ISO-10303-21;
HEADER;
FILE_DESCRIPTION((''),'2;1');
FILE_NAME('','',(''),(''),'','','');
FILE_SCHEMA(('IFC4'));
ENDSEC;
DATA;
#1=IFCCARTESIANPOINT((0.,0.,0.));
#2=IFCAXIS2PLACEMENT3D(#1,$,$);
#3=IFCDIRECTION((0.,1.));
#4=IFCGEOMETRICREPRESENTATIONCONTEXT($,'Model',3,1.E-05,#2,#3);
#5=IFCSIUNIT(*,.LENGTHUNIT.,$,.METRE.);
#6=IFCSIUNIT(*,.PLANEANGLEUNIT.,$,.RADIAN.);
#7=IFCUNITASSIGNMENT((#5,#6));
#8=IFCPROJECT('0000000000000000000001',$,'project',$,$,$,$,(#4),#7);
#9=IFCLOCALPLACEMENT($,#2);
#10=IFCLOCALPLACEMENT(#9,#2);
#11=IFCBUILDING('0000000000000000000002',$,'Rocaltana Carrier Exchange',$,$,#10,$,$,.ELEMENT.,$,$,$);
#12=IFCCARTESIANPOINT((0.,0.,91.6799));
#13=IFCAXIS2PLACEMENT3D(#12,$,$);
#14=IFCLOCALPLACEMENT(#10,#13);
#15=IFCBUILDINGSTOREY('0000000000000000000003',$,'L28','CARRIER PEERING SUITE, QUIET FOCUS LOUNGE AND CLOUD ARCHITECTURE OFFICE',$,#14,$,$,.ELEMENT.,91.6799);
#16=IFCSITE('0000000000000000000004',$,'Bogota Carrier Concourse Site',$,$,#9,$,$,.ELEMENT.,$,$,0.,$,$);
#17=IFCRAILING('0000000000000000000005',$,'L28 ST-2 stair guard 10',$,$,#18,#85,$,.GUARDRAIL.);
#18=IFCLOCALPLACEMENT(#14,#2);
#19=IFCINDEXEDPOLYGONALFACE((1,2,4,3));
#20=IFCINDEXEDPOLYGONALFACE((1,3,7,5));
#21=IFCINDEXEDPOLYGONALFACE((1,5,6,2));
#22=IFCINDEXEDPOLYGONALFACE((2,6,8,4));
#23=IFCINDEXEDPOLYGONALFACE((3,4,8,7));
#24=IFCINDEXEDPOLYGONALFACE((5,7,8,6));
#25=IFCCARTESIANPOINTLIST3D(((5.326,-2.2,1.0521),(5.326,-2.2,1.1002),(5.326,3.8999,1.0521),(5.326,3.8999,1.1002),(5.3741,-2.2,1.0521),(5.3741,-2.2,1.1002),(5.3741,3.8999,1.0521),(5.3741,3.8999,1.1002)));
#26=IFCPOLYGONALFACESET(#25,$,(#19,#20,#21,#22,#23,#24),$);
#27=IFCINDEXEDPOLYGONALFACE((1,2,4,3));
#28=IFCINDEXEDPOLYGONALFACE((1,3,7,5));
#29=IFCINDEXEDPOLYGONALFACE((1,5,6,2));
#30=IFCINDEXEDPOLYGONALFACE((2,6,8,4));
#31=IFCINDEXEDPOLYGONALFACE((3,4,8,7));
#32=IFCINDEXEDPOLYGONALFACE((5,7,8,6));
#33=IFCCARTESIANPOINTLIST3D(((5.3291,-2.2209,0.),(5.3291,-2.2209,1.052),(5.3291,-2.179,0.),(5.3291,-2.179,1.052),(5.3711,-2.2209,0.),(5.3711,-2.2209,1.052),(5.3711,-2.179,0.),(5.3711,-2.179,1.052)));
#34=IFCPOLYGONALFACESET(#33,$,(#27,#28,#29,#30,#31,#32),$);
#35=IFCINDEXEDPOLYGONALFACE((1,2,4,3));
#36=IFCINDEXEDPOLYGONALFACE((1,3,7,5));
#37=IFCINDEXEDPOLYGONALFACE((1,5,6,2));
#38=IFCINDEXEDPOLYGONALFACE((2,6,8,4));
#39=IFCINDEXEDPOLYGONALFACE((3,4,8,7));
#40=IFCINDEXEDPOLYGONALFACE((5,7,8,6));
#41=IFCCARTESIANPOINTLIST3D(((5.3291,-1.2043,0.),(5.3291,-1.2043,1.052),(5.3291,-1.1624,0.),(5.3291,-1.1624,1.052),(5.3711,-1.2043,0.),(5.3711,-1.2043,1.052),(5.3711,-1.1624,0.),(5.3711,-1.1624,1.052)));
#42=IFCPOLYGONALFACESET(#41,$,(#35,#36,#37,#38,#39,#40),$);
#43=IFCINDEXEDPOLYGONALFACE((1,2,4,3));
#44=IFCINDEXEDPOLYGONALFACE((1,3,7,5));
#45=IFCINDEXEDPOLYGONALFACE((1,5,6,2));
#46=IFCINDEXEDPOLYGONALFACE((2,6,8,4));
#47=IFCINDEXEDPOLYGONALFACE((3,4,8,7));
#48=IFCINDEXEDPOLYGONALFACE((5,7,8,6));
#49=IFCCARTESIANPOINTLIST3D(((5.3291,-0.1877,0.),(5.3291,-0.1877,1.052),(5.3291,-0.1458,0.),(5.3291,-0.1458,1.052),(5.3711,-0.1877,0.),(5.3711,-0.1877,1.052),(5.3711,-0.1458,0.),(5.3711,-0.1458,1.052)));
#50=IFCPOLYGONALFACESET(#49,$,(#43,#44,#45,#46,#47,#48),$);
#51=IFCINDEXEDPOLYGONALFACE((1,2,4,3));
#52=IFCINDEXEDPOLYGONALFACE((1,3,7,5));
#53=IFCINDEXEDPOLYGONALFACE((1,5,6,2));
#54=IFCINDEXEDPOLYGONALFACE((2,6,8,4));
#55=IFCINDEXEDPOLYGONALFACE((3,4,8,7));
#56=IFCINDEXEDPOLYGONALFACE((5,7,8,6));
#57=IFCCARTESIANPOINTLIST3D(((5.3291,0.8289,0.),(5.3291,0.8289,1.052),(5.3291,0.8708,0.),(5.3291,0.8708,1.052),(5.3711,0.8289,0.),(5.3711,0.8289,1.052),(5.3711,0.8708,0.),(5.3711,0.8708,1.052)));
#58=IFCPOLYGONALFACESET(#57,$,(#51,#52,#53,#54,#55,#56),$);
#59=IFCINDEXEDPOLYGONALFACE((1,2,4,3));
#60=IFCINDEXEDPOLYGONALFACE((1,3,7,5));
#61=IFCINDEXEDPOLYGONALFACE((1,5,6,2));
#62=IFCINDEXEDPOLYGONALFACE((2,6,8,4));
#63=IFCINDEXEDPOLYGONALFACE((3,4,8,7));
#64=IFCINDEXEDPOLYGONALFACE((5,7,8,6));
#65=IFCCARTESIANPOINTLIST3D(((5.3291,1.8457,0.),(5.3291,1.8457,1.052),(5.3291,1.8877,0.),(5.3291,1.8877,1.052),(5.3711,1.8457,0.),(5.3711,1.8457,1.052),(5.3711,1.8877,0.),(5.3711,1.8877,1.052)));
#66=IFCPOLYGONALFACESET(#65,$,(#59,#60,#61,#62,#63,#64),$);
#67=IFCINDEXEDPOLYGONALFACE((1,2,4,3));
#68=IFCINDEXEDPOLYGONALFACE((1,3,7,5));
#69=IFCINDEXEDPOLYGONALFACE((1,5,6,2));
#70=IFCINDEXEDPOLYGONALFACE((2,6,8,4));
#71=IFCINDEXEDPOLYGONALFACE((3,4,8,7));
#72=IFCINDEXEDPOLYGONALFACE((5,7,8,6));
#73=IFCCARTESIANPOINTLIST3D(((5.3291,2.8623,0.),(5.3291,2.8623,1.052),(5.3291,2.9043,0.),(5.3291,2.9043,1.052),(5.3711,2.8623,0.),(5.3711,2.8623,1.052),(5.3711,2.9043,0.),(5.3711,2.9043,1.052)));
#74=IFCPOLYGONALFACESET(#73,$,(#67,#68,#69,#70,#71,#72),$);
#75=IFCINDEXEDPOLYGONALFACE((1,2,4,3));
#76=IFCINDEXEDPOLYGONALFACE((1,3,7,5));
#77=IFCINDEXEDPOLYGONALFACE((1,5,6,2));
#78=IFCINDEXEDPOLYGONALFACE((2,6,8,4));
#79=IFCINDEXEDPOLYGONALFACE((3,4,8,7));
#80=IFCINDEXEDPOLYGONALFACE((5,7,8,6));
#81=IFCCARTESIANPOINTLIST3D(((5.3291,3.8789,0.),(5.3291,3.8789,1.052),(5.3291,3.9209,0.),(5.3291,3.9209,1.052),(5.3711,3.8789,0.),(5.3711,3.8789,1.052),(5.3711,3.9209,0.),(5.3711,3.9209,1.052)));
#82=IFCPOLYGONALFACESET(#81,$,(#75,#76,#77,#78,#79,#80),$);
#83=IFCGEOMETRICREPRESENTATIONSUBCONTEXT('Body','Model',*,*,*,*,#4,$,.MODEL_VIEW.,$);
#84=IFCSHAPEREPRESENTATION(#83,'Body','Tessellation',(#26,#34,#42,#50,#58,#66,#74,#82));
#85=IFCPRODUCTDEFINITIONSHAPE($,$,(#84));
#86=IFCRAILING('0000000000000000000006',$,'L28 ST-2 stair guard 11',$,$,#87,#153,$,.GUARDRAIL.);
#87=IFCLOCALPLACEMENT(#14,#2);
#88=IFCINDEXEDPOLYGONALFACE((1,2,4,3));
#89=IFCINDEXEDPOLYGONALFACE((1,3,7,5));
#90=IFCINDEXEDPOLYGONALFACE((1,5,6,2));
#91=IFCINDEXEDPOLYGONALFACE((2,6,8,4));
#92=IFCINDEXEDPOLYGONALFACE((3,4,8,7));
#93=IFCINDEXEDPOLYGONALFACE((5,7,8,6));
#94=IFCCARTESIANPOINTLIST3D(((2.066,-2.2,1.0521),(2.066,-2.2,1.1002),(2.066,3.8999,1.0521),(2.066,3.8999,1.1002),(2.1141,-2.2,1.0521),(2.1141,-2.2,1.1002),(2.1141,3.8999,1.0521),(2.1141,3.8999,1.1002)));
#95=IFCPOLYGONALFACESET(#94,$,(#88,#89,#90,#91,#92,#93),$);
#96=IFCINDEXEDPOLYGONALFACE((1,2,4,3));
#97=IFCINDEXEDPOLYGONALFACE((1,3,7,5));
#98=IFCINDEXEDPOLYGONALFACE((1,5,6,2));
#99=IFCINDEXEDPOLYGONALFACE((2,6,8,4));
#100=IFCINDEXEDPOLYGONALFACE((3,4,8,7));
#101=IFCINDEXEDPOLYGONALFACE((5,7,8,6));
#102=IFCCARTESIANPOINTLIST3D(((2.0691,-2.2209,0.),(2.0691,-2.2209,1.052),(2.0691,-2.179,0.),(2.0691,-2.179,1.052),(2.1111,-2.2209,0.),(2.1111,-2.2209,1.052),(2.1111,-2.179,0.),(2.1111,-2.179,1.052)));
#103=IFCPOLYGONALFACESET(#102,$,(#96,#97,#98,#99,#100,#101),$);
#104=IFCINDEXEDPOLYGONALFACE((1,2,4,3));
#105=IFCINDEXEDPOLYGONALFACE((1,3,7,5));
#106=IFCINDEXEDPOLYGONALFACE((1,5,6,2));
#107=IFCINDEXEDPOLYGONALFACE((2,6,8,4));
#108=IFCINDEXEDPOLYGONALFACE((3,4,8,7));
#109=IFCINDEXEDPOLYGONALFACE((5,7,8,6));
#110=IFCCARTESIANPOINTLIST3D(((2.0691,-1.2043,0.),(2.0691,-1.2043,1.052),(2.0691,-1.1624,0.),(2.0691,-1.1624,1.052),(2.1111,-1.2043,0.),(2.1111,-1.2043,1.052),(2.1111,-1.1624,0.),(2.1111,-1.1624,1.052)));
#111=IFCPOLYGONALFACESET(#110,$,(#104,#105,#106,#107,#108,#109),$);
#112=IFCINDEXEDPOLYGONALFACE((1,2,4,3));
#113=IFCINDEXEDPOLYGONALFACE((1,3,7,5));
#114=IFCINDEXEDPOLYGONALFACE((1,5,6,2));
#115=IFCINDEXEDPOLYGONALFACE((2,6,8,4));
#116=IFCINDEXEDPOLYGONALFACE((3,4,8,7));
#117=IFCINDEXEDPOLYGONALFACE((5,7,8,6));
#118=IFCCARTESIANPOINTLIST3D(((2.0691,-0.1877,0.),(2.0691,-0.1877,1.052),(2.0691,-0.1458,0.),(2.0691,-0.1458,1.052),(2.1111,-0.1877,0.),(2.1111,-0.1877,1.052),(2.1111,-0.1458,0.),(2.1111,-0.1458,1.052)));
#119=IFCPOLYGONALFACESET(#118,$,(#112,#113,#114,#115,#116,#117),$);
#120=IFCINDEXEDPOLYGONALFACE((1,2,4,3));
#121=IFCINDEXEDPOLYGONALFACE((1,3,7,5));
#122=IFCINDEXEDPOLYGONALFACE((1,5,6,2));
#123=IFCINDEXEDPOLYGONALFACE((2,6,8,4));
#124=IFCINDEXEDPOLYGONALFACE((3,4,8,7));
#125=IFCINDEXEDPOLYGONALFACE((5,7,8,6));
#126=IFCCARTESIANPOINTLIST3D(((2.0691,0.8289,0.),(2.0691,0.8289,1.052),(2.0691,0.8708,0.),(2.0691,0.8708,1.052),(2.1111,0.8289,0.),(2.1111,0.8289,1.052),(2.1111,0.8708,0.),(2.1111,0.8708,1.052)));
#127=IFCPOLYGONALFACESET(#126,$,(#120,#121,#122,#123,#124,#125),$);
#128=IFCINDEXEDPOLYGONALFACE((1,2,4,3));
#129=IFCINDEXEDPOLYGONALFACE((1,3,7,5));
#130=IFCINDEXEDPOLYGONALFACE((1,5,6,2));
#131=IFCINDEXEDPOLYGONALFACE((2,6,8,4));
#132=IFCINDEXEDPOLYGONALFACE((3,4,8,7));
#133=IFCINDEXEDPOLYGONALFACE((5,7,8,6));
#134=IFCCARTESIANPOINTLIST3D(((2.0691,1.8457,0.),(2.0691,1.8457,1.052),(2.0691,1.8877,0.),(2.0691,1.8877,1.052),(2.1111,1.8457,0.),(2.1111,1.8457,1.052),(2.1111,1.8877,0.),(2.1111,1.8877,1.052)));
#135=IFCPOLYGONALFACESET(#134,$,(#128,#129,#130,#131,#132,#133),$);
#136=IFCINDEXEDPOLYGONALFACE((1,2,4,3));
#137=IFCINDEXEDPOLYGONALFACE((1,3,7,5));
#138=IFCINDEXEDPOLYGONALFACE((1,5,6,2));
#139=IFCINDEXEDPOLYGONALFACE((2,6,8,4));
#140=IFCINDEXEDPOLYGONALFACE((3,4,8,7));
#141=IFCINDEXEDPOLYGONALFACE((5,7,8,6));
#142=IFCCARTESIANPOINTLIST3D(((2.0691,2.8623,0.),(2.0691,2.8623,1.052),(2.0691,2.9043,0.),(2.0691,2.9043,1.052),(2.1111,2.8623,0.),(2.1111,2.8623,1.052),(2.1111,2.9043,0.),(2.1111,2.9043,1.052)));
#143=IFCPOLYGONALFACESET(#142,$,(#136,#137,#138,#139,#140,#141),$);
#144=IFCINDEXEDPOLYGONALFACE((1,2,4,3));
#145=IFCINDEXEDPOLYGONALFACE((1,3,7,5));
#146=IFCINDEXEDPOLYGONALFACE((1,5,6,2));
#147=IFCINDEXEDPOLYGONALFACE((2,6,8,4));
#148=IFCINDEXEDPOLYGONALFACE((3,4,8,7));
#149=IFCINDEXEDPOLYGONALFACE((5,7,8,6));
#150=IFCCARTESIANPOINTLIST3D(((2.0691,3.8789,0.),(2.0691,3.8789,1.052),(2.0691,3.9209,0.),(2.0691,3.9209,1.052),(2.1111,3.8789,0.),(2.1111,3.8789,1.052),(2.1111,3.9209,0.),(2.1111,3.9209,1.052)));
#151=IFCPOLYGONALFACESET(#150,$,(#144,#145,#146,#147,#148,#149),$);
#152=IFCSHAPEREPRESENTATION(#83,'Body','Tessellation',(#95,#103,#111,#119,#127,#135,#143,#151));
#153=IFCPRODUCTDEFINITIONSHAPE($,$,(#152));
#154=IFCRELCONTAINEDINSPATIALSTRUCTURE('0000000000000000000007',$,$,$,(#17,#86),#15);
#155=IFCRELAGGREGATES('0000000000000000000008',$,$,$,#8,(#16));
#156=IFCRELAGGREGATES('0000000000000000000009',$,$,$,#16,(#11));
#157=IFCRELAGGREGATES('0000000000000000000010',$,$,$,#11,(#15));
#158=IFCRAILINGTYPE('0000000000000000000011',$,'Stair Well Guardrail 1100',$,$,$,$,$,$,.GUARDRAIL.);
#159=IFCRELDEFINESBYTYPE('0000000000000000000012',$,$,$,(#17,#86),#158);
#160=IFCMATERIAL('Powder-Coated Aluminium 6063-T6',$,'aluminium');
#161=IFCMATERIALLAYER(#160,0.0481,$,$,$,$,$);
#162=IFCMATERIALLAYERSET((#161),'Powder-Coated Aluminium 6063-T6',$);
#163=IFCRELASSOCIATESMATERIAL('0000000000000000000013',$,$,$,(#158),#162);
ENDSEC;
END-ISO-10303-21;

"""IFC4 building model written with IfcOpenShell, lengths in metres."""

from ifc_helpers import new_model, si_unit, direction, frame, origin, origin_2d, place, context, subcontext, project, spatial, rectangle, extrude, material, layer, layer_set, type_object, element, save


model = new_model("IFC4")

# Units and contexts
model_context = context("Model", 3, precision=1e-05, world=origin(), true_north=direction((0.0, 1.0)))
body_context = subcontext(model_context, "Body", "Model", "MODEL_VIEW")
ifc_project = project(units=[si_unit("LENGTHUNIT", "METRE"), si_unit("PLANEANGLEUNIT", "RADIAN")], contexts=[model_context])

# Site, building, storey
site_placement = place(None, origin())
site = spatial("IfcSite", under=ifc_project, at=site_placement, Name="Bogota Carrier Concourse Site", CompositionType="ELEMENT", RefElevation=0.0)
building_placement = place(site_placement, origin())
building = spatial("IfcBuilding", under=site, at=building_placement, Name="Rocaltana Carrier Exchange", CompositionType="ELEMENT")
storey_placement = place(building_placement, frame((0.0, 0.0, 91.6799)))
storey = spatial("IfcBuildingStorey", under=building, at=storey_placement, Name="L28", Description="CARRIER PEERING SUITE, QUIET FOCUS LOUNGE AND CLOUD ARCHITECTURE OFFICE", CompositionType="ELEMENT", Elevation=91.6799)

# Railings
ifc_material_1 = material(Name="Powder-Coated Aluminium 6063-T6", Category="aluminium")
ifc_layer_1 = layer(ifc_material_1, 0.0481)
ifc_layer_set_1 = layer_set([ifc_layer_1], Name="Powder-Coated Aluminium 6063-T6")
railing_type_1 = type_object("IfcRailingType", Name="Stair Well Guardrail 1100", PredefinedType="GUARDRAIL", material=ifc_layer_set_1)
for number, where, name in (
    (1, (5.3501, -2.2, 0.0), "L28 ST-2 stair guard 10"),
    (2, (2.0901, -2.2, 0.0), "L28 ST-2 stair guard 11"),
):
    element("IfcRailing", number, at=place(storey_placement, frame(where)), inside=storey, type_object=railing_type_1, Name=name, PredefinedType="GUARDRAIL", context=body_context, shape_type="SweptSolid", body=[
        extrude(rectangle(XDim=0.0481, YDim=0.0481, at=origin_2d()), frame((0.0, 0.0, 1.0762), z_axis=(0.0, 1.0, 0.0), x_axis=(-1.0, 0.0, 0.0)), (0.0, 0.0, 1.0), 6.0999),
        extrude(rectangle(XDim=0.042, YDim=0.042, at=origin_2d()), origin(), (0.0, 0.0, 1.0), 1.052),
        extrude(rectangle(XDim=0.042, YDim=0.042, at=origin_2d()), frame((0.0, 1.0166, 0.0)), (0.0, 0.0, 1.0), 1.052),
        extrude(rectangle(XDim=0.042, YDim=0.042, at=origin_2d()), frame((0.0, 2.0332, 0.0)), (0.0, 0.0, 1.0), 1.052),
        extrude(rectangle(XDim=0.042, YDim=0.042, at=origin_2d()), frame((0.0, 3.0498, 0.0)), (0.0, 0.0, 1.0), 1.052),
        extrude(rectangle(XDim=0.042, YDim=0.042, at=origin_2d()), frame((0.0, 4.0667, 0.0)), (0.0, 0.0, 1.0), 1.052),
        extrude(rectangle(XDim=0.042, YDim=0.042, at=origin_2d()), frame((0.0, 5.0833, 0.0)), (0.0, 0.0, 1.0), 1.052),
        extrude(rectangle(XDim=0.042, YDim=0.042, at=origin_2d()), frame((0.0, 6.0999, 0.0)), (0.0, 0.0, 1.0), 1.052),
    ])

save(model, "model.ifc")
